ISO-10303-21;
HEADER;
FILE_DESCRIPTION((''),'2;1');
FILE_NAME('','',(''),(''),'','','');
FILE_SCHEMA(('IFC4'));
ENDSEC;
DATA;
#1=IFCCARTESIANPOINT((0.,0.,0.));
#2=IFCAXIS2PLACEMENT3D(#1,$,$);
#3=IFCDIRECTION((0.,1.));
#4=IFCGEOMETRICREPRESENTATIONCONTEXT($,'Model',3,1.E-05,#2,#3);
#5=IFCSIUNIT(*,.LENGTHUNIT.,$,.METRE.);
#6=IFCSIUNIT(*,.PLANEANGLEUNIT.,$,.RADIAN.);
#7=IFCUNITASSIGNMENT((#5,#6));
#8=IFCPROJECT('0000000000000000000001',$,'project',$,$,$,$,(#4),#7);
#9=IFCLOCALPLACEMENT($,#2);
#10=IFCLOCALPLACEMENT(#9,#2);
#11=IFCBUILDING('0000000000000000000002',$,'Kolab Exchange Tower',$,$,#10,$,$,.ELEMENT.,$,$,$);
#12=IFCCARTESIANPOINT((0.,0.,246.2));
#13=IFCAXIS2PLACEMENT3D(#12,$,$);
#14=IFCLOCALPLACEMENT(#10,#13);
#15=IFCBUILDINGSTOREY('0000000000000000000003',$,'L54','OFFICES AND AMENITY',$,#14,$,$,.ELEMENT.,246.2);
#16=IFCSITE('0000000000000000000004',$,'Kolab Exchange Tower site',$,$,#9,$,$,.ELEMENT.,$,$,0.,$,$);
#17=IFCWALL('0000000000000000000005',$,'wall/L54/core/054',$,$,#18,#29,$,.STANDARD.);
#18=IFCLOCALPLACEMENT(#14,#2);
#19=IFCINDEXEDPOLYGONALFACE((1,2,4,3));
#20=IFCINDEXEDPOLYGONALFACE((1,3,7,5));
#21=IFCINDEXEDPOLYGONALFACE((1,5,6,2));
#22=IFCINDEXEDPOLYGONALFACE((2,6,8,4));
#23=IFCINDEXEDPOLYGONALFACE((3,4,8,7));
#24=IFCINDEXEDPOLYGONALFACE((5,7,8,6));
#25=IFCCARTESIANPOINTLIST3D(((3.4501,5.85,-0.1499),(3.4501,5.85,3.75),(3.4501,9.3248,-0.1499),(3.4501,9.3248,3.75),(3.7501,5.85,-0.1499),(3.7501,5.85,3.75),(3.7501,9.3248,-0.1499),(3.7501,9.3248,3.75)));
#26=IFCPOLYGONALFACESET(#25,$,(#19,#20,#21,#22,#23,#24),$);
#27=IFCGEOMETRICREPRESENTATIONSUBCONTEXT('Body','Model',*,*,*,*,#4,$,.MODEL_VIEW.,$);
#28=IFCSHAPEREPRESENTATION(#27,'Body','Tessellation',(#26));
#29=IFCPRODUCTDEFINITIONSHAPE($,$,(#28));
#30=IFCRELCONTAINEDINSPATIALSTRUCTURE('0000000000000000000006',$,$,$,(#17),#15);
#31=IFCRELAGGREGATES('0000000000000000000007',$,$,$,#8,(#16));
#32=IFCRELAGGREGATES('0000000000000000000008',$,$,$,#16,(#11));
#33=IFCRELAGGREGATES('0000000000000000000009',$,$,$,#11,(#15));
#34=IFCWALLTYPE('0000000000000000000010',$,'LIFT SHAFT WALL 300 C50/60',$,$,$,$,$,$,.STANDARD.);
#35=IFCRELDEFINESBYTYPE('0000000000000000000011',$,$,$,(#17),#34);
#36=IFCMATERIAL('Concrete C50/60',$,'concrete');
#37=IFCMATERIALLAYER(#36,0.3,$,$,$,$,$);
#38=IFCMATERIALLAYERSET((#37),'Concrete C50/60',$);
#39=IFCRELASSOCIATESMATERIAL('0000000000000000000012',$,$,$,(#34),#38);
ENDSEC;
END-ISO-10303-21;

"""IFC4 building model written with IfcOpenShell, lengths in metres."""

from ifc_helpers import new_model, si_unit, direction, frame, frame_2d, origin, place, context, subcontext, project, spatial, rectangle, extrude, material, layer, layer_set, type_object, element, save


model = new_model("IFC4")

# Units and contexts
model_context = context("Model", 3, precision=1e-05, world=origin(), true_north=direction((0.0, 1.0)))
body_context = subcontext(model_context, "Body", "Model", "MODEL_VIEW")
ifc_project = project(units=[si_unit("LENGTHUNIT", "METRE"), si_unit("PLANEANGLEUNIT", "RADIAN")], contexts=[model_context])

# Site, building, storey
site_placement = place(None, origin())
site = spatial("IfcSite", under=ifc_project, at=site_placement, Name="Kolab Exchange Tower site", CompositionType="ELEMENT", RefElevation=0.0)
building_placement = place(site_placement, origin())
building = spatial("IfcBuilding", under=site, at=building_placement, Name="Kolab Exchange Tower", CompositionType="ELEMENT")
storey_placement = place(building_placement, frame((0.0, 0.0, 246.2)))
storey = spatial("IfcBuildingStorey", under=building, at=storey_placement, Name="L54", Description="OFFICES AND AMENITY", CompositionType="ELEMENT", Elevation=246.2)

# Shared definitions
ifc_material_1 = material(Name="Concrete C50/60", Category="concrete")

# Shared definitions
ifc_layer_1 = layer(ifc_material_1, 0.3)
ifc_layer_set_1 = layer_set([ifc_layer_1], Name="Concrete C50/60")
wall_type = type_object("IfcWallType", Name="LIFT SHAFT WALL 300 C50/60", PredefinedType="STANDARD", material=ifc_layer_set_1)

# Wall
for number, where, z_axis, x_axis, name in (
    (1, (3.6001, 5.8501, -0.1499), (0.0, 0.0, 1.0), (0.0, 1.0, 0.0), "wall/L54/core/054"),
):
    element("IfcWall", number, at=place(storey_placement, frame(where, z_axis=z_axis, x_axis=x_axis)), inside=storey, type_object=wall_type, Name=name, PredefinedType="STANDARD", context=body_context, shape_type="SweptSolid", body=[
        extrude(rectangle(XDim=3.4749, YDim=0.3, at=frame_2d((1.7373, 0.0))), origin(), (0.0, 0.0, 1.0), 3.8999),
    ])

save(model, "model.ifc")
